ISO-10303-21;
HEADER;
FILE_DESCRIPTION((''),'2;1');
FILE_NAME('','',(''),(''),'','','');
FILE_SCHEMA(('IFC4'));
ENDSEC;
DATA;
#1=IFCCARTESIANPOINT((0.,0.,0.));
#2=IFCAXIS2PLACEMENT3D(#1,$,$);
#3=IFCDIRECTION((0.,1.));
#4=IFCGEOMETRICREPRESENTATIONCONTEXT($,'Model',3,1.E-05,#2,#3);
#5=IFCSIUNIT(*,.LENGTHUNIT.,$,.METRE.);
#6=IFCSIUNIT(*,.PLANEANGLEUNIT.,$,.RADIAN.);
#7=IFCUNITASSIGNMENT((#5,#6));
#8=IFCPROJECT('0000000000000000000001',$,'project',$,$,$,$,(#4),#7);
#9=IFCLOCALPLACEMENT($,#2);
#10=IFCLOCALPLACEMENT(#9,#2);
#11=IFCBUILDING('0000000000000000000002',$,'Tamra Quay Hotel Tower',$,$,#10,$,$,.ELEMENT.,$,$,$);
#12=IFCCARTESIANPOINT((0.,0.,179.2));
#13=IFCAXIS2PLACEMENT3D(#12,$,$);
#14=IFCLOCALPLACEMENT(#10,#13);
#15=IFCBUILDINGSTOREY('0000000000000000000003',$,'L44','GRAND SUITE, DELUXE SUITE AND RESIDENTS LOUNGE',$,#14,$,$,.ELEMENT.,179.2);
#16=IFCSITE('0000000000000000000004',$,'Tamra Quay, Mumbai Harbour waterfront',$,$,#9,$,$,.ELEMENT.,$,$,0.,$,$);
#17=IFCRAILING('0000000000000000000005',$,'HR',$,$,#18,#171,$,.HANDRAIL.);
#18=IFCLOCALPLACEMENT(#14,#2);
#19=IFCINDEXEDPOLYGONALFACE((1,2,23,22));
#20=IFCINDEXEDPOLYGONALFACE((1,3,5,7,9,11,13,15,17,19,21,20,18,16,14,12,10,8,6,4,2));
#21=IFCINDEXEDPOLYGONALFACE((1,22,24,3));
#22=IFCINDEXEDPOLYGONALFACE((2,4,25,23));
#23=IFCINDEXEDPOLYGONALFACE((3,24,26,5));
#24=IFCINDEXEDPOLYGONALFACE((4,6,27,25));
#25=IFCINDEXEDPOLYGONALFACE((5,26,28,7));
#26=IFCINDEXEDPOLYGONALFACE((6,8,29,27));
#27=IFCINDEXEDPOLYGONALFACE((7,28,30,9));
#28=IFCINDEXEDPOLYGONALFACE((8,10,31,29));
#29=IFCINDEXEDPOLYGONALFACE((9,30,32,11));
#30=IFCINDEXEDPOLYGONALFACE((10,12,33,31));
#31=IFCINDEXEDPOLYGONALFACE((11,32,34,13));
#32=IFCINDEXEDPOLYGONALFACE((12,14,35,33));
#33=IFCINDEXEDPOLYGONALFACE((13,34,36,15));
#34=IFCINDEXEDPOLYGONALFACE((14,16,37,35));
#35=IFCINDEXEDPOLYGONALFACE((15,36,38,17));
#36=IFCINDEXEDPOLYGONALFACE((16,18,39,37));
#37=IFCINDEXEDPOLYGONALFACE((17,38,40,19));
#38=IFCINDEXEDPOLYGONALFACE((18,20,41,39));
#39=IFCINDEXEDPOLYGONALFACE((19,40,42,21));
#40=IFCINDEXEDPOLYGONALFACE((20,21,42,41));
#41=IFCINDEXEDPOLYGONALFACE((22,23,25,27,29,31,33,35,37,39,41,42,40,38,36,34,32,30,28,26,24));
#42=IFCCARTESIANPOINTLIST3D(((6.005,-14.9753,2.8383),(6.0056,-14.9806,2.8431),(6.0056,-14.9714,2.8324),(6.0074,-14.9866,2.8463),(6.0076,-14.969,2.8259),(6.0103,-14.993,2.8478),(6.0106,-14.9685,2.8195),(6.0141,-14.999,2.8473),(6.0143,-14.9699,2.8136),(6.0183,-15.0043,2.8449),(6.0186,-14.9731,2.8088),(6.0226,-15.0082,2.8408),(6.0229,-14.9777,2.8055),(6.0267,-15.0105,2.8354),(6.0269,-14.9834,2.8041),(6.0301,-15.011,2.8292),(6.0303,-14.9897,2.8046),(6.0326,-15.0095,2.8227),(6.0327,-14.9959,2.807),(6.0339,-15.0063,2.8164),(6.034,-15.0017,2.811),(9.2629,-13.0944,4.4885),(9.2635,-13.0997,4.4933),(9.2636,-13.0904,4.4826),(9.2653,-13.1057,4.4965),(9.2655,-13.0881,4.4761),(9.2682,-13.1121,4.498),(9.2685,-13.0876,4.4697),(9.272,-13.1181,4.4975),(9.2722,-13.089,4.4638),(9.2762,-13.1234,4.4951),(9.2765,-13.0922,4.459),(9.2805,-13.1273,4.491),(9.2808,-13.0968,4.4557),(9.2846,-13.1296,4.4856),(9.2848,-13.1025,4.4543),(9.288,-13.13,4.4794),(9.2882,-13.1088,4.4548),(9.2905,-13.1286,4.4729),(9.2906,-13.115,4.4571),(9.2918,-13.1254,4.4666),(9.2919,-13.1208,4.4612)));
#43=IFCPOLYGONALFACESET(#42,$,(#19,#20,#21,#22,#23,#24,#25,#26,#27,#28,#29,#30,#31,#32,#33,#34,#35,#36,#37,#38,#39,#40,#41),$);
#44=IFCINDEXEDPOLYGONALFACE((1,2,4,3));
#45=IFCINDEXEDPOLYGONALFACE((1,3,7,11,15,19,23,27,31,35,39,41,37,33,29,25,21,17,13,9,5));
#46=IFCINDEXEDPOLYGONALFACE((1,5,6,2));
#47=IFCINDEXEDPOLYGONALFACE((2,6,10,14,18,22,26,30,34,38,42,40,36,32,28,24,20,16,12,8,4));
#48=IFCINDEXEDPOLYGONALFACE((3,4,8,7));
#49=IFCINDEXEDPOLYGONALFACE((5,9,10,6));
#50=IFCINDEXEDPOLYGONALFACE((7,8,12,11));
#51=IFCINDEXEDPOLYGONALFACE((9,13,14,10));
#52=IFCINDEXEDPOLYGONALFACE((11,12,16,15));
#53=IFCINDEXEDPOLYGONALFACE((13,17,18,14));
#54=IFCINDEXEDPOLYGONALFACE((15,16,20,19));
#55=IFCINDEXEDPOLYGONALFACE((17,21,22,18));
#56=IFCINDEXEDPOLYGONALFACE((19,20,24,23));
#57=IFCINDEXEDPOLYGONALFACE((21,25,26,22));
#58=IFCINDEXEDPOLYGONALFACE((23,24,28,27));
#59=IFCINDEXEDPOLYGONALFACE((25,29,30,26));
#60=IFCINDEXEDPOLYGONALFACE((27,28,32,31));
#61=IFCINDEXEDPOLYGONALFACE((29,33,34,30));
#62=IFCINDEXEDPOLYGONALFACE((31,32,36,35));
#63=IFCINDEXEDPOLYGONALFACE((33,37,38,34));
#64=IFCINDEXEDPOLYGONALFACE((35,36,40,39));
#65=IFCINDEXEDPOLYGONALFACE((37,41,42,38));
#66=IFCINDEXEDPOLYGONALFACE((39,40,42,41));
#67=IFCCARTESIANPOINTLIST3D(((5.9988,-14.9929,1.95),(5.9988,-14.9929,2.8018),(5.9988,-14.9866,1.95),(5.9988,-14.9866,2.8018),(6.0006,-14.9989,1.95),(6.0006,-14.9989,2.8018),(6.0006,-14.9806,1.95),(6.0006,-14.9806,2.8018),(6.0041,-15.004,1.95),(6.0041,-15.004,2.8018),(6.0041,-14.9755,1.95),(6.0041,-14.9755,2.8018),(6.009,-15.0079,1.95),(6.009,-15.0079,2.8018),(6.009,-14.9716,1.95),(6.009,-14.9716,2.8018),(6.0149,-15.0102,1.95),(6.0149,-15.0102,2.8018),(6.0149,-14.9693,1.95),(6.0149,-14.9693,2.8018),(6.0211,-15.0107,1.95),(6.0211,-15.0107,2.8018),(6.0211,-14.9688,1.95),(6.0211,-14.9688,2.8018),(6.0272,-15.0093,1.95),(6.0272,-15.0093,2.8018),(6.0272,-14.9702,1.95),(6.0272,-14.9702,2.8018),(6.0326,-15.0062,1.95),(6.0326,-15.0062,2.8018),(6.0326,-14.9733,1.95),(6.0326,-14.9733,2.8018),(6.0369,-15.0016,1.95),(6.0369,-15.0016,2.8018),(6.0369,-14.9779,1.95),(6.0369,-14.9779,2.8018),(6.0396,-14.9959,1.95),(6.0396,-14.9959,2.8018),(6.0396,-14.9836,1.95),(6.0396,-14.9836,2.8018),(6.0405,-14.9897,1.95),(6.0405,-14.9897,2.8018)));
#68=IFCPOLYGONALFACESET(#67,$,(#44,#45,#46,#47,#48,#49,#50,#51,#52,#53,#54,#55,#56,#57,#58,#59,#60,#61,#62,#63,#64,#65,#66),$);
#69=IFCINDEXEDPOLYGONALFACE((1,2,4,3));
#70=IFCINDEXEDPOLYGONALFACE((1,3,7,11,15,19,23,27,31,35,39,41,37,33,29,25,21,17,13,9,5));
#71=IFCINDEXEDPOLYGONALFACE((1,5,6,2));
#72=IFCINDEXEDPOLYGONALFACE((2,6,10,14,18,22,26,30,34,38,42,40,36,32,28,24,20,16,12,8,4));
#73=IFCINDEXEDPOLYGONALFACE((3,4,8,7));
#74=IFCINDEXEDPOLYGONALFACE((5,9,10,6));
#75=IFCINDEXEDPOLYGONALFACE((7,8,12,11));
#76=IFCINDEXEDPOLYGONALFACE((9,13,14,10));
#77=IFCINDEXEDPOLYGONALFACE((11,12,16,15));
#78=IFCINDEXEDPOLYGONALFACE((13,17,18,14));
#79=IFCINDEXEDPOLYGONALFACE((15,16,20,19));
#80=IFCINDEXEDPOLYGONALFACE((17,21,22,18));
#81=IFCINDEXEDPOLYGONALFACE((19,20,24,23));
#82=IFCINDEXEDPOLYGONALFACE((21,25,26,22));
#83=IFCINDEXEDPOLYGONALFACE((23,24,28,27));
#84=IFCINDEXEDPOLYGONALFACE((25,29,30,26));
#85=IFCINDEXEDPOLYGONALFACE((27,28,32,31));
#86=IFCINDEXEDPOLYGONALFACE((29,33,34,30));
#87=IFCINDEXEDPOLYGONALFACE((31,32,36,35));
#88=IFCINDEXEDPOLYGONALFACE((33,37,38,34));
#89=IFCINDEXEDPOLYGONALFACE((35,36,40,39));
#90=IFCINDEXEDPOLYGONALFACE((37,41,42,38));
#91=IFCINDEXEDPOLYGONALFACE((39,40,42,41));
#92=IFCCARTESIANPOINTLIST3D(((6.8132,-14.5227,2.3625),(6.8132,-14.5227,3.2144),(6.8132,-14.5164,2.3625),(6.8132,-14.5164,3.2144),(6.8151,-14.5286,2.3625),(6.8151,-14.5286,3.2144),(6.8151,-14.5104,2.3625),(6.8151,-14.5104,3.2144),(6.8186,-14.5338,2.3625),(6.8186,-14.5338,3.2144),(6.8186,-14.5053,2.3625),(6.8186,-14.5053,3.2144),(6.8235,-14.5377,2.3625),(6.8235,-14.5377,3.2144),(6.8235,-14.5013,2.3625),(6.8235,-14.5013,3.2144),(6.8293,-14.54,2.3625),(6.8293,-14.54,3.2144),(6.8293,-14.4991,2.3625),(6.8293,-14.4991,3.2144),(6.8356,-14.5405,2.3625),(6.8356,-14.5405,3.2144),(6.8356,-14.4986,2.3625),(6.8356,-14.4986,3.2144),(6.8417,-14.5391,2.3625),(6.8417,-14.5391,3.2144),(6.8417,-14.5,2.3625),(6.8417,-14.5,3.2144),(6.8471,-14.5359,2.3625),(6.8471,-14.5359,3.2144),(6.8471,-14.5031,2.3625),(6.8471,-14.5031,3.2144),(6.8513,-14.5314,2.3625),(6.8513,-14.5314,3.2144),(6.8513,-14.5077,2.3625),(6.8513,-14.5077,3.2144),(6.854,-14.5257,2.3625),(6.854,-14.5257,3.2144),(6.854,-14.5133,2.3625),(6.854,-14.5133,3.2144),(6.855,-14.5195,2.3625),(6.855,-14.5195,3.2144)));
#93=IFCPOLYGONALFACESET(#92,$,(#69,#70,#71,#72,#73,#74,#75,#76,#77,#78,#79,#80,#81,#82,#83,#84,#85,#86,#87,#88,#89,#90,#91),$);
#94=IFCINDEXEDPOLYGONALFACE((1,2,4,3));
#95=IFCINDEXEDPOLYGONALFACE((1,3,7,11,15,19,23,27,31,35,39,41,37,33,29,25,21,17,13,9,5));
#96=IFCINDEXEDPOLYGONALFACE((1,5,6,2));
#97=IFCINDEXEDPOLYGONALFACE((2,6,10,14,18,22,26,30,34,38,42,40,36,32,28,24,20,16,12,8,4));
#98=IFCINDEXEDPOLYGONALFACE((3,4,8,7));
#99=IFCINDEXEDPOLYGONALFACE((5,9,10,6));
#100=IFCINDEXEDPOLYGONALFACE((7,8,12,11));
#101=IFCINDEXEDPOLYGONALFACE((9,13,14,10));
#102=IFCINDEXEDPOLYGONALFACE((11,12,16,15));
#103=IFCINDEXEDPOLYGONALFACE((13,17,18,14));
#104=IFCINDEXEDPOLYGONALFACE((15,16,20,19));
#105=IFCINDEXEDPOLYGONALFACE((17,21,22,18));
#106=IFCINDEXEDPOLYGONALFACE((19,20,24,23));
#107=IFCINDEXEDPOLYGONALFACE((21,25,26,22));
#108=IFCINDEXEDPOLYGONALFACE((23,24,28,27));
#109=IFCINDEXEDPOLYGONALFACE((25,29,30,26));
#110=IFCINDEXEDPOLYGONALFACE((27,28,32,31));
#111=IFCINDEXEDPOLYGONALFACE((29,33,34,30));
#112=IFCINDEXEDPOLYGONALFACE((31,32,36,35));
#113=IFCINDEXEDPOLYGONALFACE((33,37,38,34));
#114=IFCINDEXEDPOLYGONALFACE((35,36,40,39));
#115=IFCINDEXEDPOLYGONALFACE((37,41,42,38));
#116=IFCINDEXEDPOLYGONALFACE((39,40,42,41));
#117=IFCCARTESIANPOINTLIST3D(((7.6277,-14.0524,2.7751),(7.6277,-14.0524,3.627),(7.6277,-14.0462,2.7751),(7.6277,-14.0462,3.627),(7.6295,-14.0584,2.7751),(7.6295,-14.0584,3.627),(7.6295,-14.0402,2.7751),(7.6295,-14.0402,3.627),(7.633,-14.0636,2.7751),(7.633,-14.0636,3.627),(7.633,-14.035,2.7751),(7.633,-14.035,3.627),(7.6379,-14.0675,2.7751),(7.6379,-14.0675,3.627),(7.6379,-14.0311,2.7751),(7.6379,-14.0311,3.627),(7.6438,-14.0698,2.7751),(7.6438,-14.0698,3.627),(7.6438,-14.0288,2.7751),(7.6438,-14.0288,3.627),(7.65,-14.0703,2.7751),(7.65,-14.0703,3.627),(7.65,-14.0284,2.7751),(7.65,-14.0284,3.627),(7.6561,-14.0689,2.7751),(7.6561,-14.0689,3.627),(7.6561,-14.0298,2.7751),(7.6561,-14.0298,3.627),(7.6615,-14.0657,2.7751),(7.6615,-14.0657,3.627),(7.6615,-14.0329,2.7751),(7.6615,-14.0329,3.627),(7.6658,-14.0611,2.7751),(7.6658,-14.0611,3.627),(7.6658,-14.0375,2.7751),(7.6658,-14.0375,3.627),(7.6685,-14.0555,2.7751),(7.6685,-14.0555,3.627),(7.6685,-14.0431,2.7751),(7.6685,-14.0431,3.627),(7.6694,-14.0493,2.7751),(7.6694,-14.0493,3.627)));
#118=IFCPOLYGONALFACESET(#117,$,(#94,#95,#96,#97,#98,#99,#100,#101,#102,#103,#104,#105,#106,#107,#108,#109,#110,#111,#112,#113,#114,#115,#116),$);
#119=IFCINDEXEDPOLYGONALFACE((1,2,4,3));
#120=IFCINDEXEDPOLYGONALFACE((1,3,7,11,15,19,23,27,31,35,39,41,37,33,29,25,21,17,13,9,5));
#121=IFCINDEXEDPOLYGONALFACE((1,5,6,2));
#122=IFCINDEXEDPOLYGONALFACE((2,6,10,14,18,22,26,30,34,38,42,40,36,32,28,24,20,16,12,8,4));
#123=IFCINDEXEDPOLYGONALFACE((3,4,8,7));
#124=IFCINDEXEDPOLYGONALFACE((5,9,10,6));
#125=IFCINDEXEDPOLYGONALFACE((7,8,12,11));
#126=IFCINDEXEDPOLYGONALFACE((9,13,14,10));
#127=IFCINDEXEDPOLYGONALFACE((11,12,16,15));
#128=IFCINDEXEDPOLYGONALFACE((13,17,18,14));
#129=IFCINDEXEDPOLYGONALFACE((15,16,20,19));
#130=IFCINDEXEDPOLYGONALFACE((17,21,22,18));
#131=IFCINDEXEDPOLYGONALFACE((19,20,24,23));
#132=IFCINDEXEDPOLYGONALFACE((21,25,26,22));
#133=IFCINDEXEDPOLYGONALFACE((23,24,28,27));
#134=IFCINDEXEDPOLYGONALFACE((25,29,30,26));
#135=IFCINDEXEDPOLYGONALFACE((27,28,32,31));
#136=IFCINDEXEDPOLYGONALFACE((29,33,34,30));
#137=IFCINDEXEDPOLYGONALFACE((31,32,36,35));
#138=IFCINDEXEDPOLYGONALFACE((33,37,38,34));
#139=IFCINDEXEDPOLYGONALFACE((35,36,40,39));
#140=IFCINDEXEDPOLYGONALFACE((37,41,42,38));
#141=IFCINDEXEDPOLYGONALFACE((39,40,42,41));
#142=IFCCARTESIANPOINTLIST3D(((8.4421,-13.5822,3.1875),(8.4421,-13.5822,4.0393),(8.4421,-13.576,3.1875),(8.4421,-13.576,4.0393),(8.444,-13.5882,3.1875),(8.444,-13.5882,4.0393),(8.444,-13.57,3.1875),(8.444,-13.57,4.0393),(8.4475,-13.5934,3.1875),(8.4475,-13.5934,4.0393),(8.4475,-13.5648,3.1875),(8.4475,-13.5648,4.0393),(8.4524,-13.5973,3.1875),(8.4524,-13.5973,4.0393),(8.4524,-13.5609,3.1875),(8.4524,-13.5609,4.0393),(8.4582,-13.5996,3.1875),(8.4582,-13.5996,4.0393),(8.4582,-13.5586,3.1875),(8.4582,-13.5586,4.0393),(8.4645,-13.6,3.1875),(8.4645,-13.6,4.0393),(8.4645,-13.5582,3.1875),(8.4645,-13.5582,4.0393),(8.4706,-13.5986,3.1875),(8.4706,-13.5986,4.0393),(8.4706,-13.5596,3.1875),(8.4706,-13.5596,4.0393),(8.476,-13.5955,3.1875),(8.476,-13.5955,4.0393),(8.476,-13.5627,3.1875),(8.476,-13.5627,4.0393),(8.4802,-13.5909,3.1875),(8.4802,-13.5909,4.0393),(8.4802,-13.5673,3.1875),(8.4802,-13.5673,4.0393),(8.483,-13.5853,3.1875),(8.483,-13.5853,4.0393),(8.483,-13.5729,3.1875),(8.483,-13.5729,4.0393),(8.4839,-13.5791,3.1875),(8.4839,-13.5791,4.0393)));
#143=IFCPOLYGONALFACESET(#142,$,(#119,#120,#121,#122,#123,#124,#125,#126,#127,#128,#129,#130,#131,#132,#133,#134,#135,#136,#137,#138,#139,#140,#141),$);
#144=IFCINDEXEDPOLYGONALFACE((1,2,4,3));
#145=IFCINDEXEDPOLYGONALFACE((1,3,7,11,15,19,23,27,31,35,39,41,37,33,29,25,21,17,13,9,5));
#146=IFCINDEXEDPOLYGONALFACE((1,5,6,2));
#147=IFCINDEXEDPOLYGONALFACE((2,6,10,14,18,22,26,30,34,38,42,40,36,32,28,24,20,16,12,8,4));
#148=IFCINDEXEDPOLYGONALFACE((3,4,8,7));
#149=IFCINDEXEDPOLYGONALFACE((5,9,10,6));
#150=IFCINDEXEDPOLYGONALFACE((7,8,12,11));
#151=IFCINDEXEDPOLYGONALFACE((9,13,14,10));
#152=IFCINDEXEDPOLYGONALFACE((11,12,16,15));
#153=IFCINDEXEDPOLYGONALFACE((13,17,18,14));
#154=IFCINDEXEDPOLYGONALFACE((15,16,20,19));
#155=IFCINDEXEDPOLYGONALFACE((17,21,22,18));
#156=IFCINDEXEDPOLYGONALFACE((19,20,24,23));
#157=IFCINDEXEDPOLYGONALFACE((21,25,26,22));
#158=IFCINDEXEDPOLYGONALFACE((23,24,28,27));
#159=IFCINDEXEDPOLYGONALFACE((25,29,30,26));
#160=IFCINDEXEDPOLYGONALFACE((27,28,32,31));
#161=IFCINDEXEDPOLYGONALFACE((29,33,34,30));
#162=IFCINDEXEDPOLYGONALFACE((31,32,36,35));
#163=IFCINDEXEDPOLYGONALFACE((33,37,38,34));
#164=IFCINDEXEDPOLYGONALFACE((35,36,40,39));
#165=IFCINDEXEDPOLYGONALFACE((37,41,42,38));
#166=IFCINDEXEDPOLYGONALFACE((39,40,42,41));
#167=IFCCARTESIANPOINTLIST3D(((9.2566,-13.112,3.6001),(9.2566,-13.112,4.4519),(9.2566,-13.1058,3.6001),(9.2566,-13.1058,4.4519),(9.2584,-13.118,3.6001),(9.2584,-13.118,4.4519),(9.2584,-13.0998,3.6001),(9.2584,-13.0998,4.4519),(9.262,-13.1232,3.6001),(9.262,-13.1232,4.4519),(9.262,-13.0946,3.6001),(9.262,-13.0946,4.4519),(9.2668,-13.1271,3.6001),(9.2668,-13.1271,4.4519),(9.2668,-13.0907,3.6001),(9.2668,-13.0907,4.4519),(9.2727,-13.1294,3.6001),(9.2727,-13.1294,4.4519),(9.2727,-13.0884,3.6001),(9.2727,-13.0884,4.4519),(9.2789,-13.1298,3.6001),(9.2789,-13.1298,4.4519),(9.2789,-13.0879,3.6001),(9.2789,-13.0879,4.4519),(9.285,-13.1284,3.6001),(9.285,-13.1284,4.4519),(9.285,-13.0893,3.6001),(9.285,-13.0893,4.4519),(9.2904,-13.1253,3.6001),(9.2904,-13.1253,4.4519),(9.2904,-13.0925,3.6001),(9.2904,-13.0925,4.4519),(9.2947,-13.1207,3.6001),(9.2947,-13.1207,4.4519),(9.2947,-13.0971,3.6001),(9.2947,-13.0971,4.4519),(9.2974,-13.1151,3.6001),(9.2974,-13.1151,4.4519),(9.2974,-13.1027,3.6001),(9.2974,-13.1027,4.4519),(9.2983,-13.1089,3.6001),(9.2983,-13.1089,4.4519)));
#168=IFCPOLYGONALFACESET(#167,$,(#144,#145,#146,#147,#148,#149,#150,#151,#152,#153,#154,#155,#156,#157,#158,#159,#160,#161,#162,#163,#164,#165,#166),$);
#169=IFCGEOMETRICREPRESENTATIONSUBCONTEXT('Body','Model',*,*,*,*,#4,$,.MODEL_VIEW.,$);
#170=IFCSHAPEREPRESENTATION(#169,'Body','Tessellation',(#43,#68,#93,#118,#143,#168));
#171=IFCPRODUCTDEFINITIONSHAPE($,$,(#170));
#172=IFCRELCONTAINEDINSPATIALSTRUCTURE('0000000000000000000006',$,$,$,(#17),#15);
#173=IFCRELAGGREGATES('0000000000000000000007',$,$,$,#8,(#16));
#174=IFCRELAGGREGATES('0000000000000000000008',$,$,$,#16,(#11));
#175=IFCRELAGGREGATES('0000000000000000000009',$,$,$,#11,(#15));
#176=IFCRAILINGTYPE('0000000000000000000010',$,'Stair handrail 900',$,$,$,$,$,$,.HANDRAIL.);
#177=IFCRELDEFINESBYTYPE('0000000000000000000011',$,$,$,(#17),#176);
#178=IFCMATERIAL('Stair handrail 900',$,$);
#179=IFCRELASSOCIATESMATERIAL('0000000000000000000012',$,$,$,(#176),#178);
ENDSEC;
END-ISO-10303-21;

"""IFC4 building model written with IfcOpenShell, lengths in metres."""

from ifc_helpers import new_model, si_unit, direction, frame, origin, origin_2d, place, context, subcontext, project, spatial, circle, extrude, material, type_object, element, save


model = new_model("IFC4")

# Units and contexts
model_context = context("Model", 3, precision=1e-05, world=origin(), true_north=direction((0.0, 1.0)))
body_context = subcontext(model_context, "Body", "Model", "MODEL_VIEW")
ifc_project = project(units=[si_unit("LENGTHUNIT", "METRE"), si_unit("PLANEANGLEUNIT", "RADIAN")], contexts=[model_context])

# Site, building, storey
site_placement = place(None, origin())
site = spatial("IfcSite", under=ifc_project, at=site_placement, Name="Tamra Quay, Mumbai Harbour waterfront", CompositionType="ELEMENT", RefElevation=0.0)
building_placement = place(site_placement, origin())
building = spatial("IfcBuilding", under=site, at=building_placement, Name="Tamra Quay Hotel Tower", CompositionType="ELEMENT")
storey_placement = place(building_placement, frame((0.0, 0.0, 179.2)))
storey = spatial("IfcBuildingStorey", under=building, at=storey_placement, Name="L44", Description="GRAND SUITE, DELUXE SUITE AND RESIDENTS LOUNGE", CompositionType="ELEMENT", Elevation=179.2)

# Railing
ifc_material_1 = material(Name="Stair handrail 900")
railing_type_1 = type_object("IfcRailingType", Name="Stair handrail 900", PredefinedType="HANDRAIL", material=ifc_material_1)
railing_1_placement = place(storey_placement, frame((6.0195, -14.9897, 1.95)))
element("IfcRailing", 1, at=railing_1_placement, inside=storey, type_object=railing_type_1, Name="HR", PredefinedType="HANDRAIL", context=body_context, shape_type="SweptSolid", body=[
    extrude(circle(Radius=0.0239, at=origin_2d()), frame((0.0, 0.0, 0.876), z_axis=(0.793081, 0.457876, 0.401711), x_axis=(-0.499992, 0.86603, 0.0)), (0.0, 0.0, 1.0), 4.1079),
    extrude(circle(Radius=0.021, at=origin_2d()), origin(), (0.0, 0.0, 1.0), 0.8518),
    extrude(circle(Radius=0.021, at=origin_2d()), frame((0.8145, 0.4702, 0.4126)), (0.0, 0.0, 1.0), 0.8518),
    extrude(circle(Radius=0.021, at=origin_2d()), frame((1.6289, 0.9404, 0.8252)), (0.0, 0.0, 1.0), 0.8518),
    extrude(circle(Radius=0.021, at=origin_2d()), frame((2.4434, 1.4106, 1.2375)), (0.0, 0.0, 1.0), 0.8518),
    extrude(circle(Radius=0.021, at=origin_2d()), frame((3.2578, 1.8809, 1.6501)), (0.0, 0.0, 1.0), 0.8518),
])

save(model, "model.ifc")
